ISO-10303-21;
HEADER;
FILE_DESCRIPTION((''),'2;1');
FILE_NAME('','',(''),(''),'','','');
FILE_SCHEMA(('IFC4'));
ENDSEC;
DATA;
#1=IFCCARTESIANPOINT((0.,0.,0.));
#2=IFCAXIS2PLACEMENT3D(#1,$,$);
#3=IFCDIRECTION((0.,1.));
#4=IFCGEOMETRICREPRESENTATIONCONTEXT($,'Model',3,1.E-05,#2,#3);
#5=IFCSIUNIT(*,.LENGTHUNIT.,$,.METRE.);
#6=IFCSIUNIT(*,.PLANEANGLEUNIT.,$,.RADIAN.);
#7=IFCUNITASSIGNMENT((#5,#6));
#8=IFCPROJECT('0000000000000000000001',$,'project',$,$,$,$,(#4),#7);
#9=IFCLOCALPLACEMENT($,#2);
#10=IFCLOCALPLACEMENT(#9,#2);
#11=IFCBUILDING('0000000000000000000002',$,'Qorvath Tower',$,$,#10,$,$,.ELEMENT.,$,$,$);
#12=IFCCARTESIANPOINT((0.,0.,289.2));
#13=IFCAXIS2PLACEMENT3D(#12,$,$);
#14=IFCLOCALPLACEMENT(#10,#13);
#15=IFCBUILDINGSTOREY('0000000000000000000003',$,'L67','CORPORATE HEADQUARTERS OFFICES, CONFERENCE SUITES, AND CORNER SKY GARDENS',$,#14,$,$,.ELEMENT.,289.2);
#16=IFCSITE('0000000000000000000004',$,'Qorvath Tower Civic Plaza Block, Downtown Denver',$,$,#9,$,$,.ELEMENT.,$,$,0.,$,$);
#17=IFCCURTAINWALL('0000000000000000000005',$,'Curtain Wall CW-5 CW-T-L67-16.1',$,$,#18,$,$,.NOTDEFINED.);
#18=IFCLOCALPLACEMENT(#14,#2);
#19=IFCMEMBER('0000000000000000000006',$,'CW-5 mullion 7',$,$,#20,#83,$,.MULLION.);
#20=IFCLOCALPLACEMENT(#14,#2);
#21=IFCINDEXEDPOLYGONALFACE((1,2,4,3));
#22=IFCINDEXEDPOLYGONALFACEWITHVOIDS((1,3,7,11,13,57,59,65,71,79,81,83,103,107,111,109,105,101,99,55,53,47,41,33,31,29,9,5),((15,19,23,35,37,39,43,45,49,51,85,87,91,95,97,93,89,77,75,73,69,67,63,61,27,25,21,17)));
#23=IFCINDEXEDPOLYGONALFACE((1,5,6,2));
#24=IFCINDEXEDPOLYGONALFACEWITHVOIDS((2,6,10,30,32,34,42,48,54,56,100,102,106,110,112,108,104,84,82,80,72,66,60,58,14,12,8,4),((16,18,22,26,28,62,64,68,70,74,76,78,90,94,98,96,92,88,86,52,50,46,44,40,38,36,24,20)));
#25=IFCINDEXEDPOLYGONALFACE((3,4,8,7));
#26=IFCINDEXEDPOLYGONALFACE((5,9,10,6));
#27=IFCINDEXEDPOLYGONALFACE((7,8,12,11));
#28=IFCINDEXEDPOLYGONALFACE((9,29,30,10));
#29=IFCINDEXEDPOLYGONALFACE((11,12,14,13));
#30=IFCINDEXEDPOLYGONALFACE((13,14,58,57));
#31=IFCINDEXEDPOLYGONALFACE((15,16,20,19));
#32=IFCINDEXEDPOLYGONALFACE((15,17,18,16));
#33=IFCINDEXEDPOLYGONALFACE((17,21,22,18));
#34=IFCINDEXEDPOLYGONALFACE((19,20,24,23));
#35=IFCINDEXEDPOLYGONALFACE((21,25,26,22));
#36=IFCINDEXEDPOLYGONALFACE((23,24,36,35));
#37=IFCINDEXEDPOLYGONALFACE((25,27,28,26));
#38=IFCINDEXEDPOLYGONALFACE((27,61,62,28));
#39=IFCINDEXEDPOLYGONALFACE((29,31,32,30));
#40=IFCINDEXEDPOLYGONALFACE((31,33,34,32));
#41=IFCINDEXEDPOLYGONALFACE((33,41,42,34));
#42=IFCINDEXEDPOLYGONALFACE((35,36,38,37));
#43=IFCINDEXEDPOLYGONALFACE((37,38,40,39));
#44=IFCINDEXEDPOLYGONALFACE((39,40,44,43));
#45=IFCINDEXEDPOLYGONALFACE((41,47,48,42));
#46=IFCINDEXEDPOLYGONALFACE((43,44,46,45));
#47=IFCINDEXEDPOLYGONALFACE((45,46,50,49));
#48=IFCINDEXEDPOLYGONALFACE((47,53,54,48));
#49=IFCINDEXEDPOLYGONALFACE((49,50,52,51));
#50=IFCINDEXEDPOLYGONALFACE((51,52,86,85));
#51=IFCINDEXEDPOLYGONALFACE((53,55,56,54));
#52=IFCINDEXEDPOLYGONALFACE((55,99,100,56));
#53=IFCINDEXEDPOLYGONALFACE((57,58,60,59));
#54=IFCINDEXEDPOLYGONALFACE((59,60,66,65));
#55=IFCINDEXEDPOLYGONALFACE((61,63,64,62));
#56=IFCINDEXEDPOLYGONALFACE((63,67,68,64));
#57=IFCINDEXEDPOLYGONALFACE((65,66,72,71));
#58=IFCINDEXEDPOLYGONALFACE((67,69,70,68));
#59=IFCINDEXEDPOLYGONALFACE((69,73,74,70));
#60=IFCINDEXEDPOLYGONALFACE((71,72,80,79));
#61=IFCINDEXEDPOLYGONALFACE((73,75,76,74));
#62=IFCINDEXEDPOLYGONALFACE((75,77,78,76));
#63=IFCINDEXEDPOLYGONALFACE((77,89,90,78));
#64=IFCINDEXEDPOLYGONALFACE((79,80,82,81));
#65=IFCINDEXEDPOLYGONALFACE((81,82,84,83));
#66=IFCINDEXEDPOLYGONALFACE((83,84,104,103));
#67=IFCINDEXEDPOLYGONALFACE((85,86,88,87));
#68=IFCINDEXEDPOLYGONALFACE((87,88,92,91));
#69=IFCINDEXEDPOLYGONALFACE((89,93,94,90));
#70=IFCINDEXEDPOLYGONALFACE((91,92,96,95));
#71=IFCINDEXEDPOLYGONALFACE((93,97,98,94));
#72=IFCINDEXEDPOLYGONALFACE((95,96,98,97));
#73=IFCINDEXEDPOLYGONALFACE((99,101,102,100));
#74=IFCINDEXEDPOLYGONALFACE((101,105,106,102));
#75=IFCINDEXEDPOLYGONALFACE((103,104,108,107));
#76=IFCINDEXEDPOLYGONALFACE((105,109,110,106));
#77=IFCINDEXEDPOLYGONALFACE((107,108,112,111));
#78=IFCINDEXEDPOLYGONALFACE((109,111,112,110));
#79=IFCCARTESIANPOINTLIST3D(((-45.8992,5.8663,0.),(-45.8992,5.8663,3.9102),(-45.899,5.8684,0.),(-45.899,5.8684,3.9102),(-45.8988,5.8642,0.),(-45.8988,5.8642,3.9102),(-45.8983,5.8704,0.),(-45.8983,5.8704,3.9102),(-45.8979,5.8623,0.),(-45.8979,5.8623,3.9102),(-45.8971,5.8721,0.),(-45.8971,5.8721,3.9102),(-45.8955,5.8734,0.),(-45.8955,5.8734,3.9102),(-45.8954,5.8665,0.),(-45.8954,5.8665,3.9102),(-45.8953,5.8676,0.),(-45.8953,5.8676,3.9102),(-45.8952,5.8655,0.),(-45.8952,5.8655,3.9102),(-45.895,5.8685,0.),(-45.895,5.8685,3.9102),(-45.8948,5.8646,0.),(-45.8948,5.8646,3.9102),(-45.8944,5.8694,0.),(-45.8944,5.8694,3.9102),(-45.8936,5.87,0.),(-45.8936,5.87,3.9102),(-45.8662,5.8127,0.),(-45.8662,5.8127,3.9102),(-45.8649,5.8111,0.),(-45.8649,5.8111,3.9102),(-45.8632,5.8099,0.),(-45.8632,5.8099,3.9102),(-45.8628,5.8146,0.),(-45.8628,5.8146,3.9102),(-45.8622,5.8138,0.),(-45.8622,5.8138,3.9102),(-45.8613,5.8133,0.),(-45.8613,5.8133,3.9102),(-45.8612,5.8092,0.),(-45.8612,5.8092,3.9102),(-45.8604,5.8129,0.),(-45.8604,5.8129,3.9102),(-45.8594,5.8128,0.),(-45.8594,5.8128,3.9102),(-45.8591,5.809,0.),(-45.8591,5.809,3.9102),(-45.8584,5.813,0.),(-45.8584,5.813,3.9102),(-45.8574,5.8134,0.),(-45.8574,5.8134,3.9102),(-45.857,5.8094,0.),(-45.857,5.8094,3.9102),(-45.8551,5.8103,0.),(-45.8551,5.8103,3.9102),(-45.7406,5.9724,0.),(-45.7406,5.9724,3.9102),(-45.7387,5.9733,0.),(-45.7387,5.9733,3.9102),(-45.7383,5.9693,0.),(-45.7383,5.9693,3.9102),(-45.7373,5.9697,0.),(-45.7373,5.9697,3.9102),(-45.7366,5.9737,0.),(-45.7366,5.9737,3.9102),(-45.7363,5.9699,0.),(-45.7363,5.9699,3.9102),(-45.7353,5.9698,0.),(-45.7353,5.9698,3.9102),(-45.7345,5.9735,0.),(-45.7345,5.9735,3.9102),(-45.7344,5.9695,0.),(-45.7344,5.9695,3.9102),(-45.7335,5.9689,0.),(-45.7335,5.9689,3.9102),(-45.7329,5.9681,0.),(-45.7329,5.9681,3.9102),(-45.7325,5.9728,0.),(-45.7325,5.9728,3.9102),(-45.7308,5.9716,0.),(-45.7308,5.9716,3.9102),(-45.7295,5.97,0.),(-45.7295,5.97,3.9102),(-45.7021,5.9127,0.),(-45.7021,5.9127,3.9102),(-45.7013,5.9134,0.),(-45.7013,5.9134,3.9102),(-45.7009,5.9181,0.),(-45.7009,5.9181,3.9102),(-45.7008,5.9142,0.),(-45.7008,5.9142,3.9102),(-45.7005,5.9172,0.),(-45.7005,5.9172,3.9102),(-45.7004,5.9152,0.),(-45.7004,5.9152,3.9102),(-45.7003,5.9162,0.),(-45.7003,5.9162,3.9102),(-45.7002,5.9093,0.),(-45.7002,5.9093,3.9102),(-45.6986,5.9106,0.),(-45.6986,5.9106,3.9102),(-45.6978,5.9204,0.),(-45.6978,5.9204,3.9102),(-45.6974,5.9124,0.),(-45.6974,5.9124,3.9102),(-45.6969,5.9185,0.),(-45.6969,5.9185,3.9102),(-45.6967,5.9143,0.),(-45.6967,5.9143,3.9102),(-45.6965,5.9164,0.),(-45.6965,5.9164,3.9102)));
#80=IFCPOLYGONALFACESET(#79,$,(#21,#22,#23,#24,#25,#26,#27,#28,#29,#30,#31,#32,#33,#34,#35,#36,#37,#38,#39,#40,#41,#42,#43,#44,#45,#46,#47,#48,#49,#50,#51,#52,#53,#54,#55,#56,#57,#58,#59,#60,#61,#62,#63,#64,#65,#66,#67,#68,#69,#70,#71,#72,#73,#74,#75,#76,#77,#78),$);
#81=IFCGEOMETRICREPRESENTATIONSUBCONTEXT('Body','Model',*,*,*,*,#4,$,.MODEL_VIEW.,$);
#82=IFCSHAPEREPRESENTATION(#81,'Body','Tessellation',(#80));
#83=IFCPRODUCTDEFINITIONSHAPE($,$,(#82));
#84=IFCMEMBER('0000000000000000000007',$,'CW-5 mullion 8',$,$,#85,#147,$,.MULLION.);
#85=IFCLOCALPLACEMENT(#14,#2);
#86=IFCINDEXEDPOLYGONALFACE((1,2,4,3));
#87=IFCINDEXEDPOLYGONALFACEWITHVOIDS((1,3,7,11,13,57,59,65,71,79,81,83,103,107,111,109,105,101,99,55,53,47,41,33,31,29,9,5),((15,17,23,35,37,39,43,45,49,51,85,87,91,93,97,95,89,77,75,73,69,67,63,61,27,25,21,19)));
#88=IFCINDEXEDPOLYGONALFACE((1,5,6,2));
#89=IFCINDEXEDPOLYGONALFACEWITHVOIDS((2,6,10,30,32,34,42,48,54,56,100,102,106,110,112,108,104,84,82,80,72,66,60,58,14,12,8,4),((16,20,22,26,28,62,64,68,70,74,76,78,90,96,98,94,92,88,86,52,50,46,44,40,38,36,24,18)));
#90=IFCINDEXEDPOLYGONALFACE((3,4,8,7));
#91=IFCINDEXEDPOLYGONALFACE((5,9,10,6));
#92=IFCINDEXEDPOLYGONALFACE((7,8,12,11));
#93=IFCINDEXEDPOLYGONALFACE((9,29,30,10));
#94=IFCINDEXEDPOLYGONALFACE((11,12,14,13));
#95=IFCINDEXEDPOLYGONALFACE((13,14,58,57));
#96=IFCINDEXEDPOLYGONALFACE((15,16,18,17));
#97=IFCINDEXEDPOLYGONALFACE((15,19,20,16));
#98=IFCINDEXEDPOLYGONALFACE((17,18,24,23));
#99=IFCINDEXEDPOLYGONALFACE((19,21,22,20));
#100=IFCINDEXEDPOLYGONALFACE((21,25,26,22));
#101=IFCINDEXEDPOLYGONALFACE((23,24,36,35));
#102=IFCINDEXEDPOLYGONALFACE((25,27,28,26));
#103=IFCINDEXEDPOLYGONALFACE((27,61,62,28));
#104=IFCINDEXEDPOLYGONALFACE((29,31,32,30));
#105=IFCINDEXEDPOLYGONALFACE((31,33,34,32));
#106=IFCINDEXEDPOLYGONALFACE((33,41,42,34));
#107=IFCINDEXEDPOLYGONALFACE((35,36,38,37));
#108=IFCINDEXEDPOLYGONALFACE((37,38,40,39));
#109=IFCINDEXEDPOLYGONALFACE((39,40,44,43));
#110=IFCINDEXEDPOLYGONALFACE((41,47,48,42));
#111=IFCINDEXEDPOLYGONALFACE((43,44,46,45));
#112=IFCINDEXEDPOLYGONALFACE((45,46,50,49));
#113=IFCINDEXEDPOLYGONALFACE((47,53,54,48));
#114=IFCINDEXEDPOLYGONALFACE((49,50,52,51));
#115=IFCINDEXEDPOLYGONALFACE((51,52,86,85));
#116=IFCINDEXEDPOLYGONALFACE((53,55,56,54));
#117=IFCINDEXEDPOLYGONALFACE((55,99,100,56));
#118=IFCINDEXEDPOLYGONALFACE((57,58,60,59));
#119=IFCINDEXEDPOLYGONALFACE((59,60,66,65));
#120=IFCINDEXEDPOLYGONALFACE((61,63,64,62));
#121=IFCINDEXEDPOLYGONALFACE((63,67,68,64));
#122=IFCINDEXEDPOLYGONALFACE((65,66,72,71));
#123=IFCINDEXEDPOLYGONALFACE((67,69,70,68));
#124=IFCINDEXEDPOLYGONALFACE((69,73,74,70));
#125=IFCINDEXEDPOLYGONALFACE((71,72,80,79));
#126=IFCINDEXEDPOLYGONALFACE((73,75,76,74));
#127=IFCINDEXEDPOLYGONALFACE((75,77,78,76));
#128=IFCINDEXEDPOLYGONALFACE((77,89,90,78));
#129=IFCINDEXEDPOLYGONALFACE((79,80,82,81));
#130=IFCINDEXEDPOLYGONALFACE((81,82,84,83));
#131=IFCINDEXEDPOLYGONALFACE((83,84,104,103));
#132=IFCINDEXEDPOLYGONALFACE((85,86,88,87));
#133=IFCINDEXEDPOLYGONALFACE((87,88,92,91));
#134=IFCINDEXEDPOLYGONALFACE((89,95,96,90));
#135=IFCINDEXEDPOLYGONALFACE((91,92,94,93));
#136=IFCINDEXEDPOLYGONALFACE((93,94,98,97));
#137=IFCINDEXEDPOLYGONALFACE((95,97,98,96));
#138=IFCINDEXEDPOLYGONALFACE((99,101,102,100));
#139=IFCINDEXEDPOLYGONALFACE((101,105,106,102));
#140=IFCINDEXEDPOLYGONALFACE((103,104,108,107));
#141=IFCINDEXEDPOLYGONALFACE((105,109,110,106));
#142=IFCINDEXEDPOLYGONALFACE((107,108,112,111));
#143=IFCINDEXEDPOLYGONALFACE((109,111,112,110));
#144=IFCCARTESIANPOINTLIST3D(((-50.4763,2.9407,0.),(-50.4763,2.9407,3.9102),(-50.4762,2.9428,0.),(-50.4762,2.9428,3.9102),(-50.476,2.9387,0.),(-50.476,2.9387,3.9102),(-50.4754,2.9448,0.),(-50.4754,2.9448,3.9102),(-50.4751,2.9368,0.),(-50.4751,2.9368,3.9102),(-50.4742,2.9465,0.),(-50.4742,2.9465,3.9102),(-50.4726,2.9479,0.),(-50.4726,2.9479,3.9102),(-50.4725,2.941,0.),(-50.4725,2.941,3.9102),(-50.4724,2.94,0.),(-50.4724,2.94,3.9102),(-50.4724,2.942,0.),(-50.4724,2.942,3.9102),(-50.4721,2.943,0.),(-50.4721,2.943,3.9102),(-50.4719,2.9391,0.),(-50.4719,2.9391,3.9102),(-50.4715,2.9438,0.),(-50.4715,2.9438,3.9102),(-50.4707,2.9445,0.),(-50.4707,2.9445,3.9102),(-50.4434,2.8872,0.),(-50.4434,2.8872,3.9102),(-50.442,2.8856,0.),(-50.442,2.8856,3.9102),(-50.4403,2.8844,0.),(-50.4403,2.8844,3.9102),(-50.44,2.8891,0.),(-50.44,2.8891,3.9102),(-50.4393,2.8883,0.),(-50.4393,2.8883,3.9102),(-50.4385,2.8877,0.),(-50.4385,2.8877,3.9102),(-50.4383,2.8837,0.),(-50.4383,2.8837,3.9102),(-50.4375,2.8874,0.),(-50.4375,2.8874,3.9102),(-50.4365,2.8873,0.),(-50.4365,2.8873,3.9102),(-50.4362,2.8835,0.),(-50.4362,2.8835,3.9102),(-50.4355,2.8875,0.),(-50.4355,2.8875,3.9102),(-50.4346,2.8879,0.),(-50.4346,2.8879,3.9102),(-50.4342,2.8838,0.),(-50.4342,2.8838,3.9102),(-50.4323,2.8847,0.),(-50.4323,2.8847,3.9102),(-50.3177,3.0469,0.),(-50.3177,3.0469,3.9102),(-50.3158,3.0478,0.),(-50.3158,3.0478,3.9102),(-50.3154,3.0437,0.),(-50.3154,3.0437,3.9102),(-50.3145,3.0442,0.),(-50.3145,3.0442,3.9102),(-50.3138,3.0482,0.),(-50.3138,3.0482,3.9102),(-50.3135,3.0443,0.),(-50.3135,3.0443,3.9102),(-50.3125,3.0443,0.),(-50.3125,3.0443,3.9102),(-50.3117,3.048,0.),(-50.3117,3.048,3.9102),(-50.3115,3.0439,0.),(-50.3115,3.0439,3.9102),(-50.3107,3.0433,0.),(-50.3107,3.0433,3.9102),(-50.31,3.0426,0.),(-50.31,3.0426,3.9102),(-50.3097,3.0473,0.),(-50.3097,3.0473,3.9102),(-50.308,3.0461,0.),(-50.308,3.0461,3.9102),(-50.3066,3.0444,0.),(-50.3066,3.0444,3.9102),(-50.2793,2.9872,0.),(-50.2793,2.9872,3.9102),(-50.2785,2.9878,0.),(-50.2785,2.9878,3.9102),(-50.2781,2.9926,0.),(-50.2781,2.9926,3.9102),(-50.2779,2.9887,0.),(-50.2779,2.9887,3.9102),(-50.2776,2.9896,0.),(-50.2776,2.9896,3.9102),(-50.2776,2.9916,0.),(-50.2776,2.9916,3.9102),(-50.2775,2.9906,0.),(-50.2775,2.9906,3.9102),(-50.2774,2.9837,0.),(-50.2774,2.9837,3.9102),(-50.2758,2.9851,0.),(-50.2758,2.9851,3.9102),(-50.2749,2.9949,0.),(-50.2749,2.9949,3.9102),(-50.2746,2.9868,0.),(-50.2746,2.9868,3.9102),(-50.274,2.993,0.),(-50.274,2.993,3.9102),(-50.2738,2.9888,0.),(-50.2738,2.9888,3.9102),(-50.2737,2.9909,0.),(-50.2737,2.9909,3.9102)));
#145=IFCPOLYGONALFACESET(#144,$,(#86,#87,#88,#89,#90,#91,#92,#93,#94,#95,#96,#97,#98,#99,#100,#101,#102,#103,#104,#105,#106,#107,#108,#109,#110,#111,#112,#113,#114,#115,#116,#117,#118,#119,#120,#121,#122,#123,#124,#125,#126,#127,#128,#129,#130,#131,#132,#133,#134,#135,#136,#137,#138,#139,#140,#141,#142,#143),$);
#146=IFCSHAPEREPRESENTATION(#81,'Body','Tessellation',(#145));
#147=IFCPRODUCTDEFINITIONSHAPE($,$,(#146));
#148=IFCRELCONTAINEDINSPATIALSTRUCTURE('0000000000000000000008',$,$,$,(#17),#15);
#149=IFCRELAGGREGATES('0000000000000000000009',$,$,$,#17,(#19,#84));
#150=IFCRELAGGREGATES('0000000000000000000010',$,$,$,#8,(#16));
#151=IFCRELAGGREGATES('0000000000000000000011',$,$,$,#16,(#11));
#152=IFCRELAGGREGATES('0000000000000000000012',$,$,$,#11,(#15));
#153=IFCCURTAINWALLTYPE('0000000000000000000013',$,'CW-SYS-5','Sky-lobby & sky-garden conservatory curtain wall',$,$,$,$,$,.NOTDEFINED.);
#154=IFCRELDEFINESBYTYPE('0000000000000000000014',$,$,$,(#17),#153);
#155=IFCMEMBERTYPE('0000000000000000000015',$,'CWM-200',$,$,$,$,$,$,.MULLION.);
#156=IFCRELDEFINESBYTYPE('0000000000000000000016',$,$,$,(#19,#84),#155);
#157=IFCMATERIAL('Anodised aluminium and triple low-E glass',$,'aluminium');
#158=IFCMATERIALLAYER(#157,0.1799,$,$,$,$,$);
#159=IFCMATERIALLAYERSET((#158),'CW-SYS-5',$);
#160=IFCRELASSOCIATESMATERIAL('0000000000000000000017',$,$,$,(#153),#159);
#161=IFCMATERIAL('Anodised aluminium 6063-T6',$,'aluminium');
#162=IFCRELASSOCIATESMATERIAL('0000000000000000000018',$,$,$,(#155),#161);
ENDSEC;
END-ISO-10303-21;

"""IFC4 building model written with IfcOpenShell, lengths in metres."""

from ifc_helpers import new_model, si_unit, direction, frame, origin, origin_2d, place, context, subcontext, project, spatial, hollow_rectangle, extrude, material, layer, layer_set, material_profile, profile_set, type_object, element, aggregate, save


model = new_model("IFC4")

# Units and contexts
model_context = context("Model", 3, precision=1e-05, world=origin(), true_north=direction((0.0, 1.0)))
body_context = subcontext(model_context, "Body", "Model", "MODEL_VIEW")
ifc_project = project(units=[si_unit("LENGTHUNIT", "METRE"), si_unit("PLANEANGLEUNIT", "RADIAN")], contexts=[model_context])

# Site, building, storey
site_placement = place(None, origin())
site = spatial("IfcSite", under=ifc_project, at=site_placement, Name="Qorvath Tower Civic Plaza Block, Downtown Denver", CompositionType="ELEMENT", RefElevation=0.0)
building_placement = place(site_placement, origin())
building = spatial("IfcBuilding", under=site, at=building_placement, Name="Qorvath Tower", CompositionType="ELEMENT")
storey_placement = place(building_placement, frame((0.0, 0.0, 289.2)))
storey = spatial("IfcBuildingStorey", under=building, at=storey_placement, Name="L67", Description="CORPORATE HEADQUARTERS OFFICES, CONFERENCE SUITES, AND CORNER SKY GARDENS", CompositionType="ELEMENT", Elevation=289.2)

# Curtain wall, members
ifc_material_1 = material(Name="Anodised aluminium and triple low-E glass", Category="aluminium")
ifc_layer_1 = layer(ifc_material_1, 0.1799)
ifc_layer_set_1 = layer_set([ifc_layer_1], Name="CW-SYS-5")
curtain_wall_type = type_object("IfcCurtainWallType", Name="CW-SYS-5", Description="Sky-lobby & sky-garden conservatory curtain wall", PredefinedType="NOTDEFINED", material=ifc_layer_set_1)
curtain_wall_placement = place(storey_placement, origin())
curtain_wall = element("IfcCurtainWall", 1, at=curtain_wall_placement, inside=storey, type_object=curtain_wall_type, Name="Curtain Wall CW-5 CW-T-L67-16.1", PredefinedType="NOTDEFINED")
ifc_material_2 = material(Name="Anodised aluminium 6063-T6", Category="aluminium")
ifc_material_profile_1 = material_profile(ifc_material_2, hollow_rectangle(XDim=0.075, YDim=0.2, WallThickness=0.0039, InnerFilletRadius=0.0039, OuterFilletRadius=0.0081, at=origin_2d()), Name="CWM 200x75")
ifc_profile_set_1 = profile_set([ifc_material_profile_1], Name="Anodised aluminium 6063-T6")
member_type_1 = type_object("IfcMemberType", Name="CWM-200", PredefinedType="MULLION", material=ifc_profile_set_1)
member_1_placement = place(storey_placement, frame((-45.7979, 5.8914, 0.0), z_axis=(0.0, 0.0, 1.0), x_axis=(0.538537, -0.842602, 0.0)))
member_1 = element("IfcMember", 2, at=member_1_placement, type_object=member_type_1, Name="CW-5 mullion 7", PredefinedType="MULLION", context=body_context, shape_type="SweptSolid", body=[
    extrude(hollow_rectangle(XDim=0.075, YDim=0.2, WallThickness=0.0039, InnerFilletRadius=0.0039, OuterFilletRadius=0.0081, at=origin_2d()), origin(), (0.0, 0.0, 1.0), 3.9102),
])
member_2_placement = place(storey_placement, frame((-50.375, 2.9658, 0.0), z_axis=(0.0, 0.0, 1.0), x_axis=(0.538537, -0.842602, 0.0)))
member_2 = element("IfcMember", 3, at=member_2_placement, type_object=member_type_1, Name="CW-5 mullion 8", PredefinedType="MULLION", context=body_context, shape_type="SweptSolid", body=[
    extrude(hollow_rectangle(XDim=0.075, YDim=0.2, WallThickness=0.0039, InnerFilletRadius=0.0039, OuterFilletRadius=0.0081, at=origin_2d()), origin(), (0.0, 0.0, 1.0), 3.9102),
])

aggregate(curtain_wall, [member_1, member_2])

save(model, "model.ifc")
